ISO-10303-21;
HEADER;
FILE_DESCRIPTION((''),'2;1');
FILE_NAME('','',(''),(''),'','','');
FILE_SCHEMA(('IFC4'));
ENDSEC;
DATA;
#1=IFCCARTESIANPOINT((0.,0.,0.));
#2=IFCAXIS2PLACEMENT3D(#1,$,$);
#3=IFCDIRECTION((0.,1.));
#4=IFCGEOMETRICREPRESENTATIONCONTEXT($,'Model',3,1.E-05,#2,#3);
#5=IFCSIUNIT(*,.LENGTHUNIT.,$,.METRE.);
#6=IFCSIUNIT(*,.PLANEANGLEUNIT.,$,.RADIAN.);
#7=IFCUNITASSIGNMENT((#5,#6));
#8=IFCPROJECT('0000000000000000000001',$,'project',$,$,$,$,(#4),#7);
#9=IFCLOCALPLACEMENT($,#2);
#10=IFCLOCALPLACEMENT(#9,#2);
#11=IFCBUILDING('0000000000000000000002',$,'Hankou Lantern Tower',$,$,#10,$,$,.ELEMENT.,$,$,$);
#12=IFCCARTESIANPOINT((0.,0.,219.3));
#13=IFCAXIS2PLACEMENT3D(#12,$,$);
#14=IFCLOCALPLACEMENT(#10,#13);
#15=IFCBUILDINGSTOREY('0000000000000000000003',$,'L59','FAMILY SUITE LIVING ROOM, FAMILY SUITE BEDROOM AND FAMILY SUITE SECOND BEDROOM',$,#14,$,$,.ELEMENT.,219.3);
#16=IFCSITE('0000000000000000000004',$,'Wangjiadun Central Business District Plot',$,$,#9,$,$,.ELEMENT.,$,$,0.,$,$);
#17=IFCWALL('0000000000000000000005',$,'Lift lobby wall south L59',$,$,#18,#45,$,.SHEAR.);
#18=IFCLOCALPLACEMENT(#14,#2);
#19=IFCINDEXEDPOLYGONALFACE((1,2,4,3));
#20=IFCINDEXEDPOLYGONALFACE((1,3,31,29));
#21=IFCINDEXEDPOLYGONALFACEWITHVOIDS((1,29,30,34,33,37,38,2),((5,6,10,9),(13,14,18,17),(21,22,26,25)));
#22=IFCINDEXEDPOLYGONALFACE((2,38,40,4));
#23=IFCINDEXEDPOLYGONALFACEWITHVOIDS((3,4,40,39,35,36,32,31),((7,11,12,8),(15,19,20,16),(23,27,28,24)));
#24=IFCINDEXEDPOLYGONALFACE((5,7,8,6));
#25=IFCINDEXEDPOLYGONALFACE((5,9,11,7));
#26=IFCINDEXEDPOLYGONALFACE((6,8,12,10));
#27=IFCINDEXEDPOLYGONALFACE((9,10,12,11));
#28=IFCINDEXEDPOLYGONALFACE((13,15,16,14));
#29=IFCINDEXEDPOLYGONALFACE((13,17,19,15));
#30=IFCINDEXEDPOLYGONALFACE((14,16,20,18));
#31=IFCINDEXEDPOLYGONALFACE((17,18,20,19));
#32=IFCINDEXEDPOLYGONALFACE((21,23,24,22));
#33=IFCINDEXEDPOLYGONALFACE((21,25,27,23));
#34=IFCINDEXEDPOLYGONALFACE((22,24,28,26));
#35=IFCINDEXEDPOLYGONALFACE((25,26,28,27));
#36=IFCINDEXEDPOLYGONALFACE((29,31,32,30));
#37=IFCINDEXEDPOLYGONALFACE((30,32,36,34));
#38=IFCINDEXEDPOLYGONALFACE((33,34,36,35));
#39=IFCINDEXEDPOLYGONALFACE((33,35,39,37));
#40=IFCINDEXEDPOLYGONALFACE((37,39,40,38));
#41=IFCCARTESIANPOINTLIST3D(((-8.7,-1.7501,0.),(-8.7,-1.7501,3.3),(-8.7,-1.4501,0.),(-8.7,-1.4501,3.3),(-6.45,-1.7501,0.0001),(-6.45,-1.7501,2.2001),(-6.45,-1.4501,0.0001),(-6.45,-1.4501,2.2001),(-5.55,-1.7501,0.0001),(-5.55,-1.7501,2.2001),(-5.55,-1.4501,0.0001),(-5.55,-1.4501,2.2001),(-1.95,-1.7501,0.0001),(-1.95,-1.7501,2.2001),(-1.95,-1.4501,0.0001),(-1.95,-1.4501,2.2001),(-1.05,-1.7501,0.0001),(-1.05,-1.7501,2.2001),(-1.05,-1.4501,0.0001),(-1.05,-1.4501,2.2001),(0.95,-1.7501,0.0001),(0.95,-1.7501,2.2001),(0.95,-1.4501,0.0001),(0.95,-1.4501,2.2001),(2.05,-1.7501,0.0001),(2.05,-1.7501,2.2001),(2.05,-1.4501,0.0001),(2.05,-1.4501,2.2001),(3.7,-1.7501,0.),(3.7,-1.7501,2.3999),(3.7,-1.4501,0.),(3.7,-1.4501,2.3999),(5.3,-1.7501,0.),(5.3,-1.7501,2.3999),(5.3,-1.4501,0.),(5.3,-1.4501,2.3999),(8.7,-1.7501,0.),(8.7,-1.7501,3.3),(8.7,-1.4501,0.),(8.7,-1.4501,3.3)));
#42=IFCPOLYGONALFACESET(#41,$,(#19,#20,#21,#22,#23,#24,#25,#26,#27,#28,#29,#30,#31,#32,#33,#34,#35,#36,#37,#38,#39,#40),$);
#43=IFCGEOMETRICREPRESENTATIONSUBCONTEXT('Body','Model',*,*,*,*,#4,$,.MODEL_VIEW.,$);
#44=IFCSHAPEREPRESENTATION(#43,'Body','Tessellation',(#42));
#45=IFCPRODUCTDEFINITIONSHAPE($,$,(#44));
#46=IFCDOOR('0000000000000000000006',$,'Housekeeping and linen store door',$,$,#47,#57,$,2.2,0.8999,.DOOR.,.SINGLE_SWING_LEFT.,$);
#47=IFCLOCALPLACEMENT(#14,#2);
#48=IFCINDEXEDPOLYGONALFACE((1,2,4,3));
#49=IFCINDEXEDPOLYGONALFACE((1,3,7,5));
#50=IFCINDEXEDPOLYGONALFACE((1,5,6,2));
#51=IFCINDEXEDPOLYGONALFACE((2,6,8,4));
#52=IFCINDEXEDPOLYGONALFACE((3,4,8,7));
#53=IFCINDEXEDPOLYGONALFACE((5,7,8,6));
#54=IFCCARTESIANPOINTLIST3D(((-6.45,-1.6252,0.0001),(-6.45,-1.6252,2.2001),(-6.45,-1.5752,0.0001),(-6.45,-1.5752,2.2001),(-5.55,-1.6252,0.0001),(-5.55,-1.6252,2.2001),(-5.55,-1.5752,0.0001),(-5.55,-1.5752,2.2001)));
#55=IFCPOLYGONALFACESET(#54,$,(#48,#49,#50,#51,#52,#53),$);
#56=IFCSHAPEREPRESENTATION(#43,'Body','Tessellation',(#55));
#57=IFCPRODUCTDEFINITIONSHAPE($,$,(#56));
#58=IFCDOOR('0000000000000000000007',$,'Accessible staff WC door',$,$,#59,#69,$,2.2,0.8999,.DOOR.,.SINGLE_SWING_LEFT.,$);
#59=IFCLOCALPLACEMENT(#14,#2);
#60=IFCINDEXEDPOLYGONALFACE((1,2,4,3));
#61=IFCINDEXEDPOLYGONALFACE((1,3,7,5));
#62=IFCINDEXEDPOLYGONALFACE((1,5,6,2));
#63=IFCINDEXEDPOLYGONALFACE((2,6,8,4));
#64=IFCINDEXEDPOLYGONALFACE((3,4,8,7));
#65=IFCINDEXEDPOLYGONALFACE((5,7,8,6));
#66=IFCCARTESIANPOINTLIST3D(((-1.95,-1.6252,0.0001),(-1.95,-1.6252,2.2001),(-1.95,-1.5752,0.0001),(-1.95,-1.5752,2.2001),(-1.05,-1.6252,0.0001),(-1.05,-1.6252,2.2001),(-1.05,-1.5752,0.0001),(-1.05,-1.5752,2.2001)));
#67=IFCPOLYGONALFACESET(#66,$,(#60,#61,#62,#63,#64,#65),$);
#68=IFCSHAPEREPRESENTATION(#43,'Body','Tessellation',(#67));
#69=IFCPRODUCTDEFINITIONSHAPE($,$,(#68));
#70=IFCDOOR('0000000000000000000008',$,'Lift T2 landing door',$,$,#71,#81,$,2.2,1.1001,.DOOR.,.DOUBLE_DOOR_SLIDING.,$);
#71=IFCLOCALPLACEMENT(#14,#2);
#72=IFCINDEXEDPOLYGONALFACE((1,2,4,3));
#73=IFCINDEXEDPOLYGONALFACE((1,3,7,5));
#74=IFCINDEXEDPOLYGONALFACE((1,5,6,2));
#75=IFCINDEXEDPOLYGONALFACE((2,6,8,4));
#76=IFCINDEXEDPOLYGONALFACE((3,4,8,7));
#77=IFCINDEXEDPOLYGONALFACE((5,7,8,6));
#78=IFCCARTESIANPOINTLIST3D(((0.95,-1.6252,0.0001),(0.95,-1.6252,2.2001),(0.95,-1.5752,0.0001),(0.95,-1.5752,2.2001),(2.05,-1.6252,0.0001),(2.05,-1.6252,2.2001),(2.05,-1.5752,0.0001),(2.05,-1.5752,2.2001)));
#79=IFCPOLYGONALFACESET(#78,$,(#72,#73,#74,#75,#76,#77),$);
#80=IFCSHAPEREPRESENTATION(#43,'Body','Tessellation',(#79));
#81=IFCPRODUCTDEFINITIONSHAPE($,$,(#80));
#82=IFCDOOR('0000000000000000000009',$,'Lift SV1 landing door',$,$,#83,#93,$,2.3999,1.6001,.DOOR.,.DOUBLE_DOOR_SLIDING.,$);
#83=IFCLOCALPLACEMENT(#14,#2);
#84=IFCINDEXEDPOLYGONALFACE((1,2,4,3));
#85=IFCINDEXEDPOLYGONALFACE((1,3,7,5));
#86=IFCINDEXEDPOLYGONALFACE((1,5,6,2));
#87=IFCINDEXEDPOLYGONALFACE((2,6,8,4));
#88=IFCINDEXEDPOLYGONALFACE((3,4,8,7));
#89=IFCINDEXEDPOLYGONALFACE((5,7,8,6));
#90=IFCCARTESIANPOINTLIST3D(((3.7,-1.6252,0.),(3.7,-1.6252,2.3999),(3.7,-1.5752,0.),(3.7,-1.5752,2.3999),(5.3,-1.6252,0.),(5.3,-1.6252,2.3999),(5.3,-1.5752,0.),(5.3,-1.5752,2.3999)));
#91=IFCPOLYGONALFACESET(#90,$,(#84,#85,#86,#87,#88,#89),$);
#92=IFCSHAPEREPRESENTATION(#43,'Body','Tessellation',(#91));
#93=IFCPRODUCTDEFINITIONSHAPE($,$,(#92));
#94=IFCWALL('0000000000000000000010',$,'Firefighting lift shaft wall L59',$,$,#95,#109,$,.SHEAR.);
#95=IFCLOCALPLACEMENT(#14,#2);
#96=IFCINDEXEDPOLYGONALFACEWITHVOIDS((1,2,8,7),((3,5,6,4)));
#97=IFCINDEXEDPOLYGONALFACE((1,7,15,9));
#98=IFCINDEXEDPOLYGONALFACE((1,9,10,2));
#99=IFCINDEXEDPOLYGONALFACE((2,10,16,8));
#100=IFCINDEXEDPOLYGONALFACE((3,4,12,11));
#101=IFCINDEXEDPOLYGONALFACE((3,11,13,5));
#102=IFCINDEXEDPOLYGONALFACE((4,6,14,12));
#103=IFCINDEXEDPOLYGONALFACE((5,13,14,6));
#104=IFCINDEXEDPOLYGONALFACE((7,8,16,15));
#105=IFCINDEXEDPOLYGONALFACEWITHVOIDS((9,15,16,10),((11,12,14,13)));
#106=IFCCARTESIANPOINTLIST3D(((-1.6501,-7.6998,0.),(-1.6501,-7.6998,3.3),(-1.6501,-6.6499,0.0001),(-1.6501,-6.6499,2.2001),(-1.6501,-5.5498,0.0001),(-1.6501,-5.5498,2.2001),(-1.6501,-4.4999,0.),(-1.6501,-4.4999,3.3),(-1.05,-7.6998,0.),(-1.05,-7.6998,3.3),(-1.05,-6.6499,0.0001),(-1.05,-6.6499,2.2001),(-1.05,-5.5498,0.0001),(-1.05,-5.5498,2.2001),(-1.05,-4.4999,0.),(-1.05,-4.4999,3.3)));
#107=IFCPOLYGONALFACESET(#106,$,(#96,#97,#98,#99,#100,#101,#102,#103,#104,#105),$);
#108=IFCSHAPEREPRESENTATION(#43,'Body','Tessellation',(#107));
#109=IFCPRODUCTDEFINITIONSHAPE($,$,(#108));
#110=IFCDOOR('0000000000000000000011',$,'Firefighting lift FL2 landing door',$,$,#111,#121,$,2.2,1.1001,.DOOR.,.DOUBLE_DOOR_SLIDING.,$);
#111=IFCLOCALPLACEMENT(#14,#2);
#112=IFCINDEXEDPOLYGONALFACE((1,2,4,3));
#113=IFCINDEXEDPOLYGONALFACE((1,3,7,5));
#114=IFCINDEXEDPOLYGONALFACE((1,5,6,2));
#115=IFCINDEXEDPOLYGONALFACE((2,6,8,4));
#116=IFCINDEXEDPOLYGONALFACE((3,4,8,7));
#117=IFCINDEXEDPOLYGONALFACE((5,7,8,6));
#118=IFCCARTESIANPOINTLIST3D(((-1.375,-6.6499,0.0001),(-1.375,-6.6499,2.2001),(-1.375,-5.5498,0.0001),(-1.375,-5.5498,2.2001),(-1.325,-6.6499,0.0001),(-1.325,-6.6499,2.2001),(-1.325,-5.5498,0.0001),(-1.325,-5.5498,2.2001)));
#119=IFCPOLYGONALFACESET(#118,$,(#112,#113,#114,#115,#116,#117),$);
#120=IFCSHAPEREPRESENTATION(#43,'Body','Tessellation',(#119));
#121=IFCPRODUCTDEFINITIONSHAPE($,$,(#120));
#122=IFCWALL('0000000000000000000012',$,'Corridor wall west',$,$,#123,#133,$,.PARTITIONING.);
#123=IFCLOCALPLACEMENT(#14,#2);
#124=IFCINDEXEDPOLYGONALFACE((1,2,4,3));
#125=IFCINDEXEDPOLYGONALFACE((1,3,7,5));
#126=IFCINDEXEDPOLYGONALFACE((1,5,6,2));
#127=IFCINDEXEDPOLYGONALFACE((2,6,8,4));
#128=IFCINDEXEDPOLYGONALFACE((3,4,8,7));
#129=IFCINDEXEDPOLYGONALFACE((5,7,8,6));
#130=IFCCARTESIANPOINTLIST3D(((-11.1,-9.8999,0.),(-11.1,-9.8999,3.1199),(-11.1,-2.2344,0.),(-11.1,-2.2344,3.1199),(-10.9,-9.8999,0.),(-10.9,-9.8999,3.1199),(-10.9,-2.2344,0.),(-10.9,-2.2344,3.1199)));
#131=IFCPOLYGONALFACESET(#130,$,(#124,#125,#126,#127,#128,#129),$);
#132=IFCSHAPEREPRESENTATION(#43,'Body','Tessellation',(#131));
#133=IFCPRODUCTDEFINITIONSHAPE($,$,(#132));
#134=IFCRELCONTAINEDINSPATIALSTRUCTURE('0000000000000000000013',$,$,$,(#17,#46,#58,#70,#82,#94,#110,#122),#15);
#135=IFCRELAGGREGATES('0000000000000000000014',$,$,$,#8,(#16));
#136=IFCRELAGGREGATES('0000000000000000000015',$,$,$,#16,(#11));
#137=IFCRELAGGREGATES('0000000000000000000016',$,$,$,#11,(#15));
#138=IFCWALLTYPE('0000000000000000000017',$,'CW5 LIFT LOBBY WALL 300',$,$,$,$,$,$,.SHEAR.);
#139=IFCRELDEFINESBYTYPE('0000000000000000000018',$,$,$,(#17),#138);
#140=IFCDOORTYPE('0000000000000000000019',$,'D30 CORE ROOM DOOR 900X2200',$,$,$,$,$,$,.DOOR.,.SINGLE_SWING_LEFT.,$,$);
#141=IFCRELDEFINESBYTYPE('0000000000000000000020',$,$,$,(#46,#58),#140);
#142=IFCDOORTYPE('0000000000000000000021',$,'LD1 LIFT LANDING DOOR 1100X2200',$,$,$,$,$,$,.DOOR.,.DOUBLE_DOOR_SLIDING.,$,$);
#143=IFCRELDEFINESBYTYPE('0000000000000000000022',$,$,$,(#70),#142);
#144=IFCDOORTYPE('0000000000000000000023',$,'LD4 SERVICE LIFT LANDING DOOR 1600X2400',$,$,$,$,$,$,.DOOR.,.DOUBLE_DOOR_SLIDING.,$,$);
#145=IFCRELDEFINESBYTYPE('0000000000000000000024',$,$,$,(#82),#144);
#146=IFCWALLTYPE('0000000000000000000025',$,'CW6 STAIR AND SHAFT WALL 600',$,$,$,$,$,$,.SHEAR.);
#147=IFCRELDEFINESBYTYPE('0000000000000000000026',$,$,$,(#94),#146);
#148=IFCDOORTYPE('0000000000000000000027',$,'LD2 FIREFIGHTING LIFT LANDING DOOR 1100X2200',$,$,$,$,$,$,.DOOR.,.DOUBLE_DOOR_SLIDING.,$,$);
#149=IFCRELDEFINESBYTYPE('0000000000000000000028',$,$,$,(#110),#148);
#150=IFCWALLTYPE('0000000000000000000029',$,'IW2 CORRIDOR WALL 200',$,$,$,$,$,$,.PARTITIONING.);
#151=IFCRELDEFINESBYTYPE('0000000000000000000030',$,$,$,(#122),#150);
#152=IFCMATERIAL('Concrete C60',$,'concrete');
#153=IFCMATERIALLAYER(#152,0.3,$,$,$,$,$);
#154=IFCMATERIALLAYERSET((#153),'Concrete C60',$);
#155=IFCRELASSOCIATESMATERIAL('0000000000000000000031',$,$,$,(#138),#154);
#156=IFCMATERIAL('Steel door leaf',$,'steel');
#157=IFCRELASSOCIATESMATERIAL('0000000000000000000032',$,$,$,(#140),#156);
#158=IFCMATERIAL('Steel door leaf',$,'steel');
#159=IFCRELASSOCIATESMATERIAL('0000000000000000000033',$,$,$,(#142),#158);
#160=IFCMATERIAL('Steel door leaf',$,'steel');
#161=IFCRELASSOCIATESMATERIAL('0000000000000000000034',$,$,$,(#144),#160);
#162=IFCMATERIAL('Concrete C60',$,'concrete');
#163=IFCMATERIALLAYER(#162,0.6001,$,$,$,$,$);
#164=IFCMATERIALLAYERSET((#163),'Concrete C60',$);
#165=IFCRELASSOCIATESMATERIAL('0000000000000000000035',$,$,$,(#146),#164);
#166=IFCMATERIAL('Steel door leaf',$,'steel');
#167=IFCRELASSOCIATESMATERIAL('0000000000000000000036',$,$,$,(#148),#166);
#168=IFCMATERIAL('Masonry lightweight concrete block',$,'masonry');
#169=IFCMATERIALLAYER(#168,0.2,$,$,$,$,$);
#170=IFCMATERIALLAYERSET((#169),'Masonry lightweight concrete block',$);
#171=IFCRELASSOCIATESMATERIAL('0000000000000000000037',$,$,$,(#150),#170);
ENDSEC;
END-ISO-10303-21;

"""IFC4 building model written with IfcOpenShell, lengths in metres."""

from ifc_helpers import new_model, si_unit, direction, frame, frame_2d, origin, place, context, subcontext, project, spatial, rectangle, extrude, material, layer, layer_set, type_object, element, fill, save


model = new_model("IFC4")

# Units and contexts
model_context = context("Model", 3, precision=1e-05, world=origin(), true_north=direction((0.0, 1.0)))
body_context = subcontext(model_context, "Body", "Model", "MODEL_VIEW")
ifc_project = project(units=[si_unit("LENGTHUNIT", "METRE"), si_unit("PLANEANGLEUNIT", "RADIAN")], contexts=[model_context])

# Site, building, storey
site_placement = place(None, origin())
site = spatial("IfcSite", under=ifc_project, at=site_placement, Name="Wangjiadun Central Business District Plot", CompositionType="ELEMENT", RefElevation=0.0)
building_placement = place(site_placement, origin())
building = spatial("IfcBuilding", under=site, at=building_placement, Name="Hankou Lantern Tower", CompositionType="ELEMENT")
storey_placement = place(building_placement, frame((0.0, 0.0, 219.3)))
storey = spatial("IfcBuildingStorey", under=building, at=storey_placement, Name="L59", Description="FAMILY SUITE LIVING ROOM, FAMILY SUITE BEDROOM AND FAMILY SUITE SECOND BEDROOM", CompositionType="ELEMENT", Elevation=219.3)

# Wall, openings, doors
ifc_material_1 = material(Name="Concrete C60", Category="concrete")
ifc_layer_1 = layer(ifc_material_1, 0.3)
ifc_layer_set_1 = layer_set([ifc_layer_1], Name="Concrete C60")
wall_type_1 = type_object("IfcWallType", Name="CW5 LIFT LOBBY WALL 300", PredefinedType="SHEAR", material=ifc_layer_set_1)
wall_1_placement = place(storey_placement, frame((-8.7, -1.6001, 0.0), z_axis=(0.0, 0.0, 1.0), x_axis=(1.0, 0.0, 0.0)))
wall_1 = element("IfcWall", 1, at=wall_1_placement, inside=storey, type_object=wall_type_1, Name="Lift lobby wall south L59", PredefinedType="SHEAR", context=body_context, shape_type="SweptSolid", body=[
    extrude(rectangle(XDim=17.3999, YDim=0.3, at=frame_2d((8.7, 0.0))), origin(), (0.0, 0.0, 1.0), 3.3),
])
opening_1_placement = place(wall_1_placement, frame((9.6499, 0.0, 0.0)))
opening_1 = element("IfcOpeningElement", 2, at=opening_1_placement, cuts=wall_1, PredefinedType="OPENING", context=body_context, shape_type="SweptSolid", body=[
    extrude(rectangle(XDim=1.1001, YDim=2.2, at=frame_2d((0.55, 1.1001))), frame((0.0, 0.1599, 0.0), z_axis=(0.0, -1.0, 0.0), x_axis=(1.0, 0.0, 0.0)), (0.0, 0.0, 1.0), 0.3201),
])
opening_2_placement = place(wall_1_placement, frame((12.3999, 0.0, 0.0)))
opening_2 = element("IfcOpeningElement", 3, at=opening_2_placement, cuts=wall_1, PredefinedType="OPENING", context=body_context, shape_type="SweptSolid", body=[
    extrude(rectangle(XDim=1.6001, YDim=2.3999, at=frame_2d((0.8, 1.2))), frame((0.0, 0.1599, 0.0), z_axis=(0.0, -1.0, 0.0), x_axis=(1.0, 0.0, 0.0)), (0.0, 0.0, 1.0), 0.3201),
])
opening_3_placement = place(wall_1_placement, frame((2.25, 0.0, 0.0)))
opening_3 = element("IfcOpeningElement", 4, at=opening_3_placement, cuts=wall_1, PredefinedType="OPENING", context=body_context, shape_type="SweptSolid", body=[
    extrude(rectangle(XDim=0.8999, YDim=2.2, at=frame_2d((0.45, 1.1001))), frame((0.0, 0.1599, 0.0), z_axis=(0.0, -1.0, 0.0), x_axis=(1.0, 0.0, 0.0)), (0.0, 0.0, 1.0), 0.3201),
])
opening_4_placement = place(wall_1_placement, frame((6.75, 0.0, 0.0)))
opening_4 = element("IfcOpeningElement", 5, at=opening_4_placement, cuts=wall_1, PredefinedType="OPENING", context=body_context, shape_type="SweptSolid", body=[
    extrude(rectangle(XDim=0.8999, YDim=2.2, at=frame_2d((0.45, 1.1001))), frame((0.0, 0.1599, 0.0), z_axis=(0.0, -1.0, 0.0), x_axis=(1.0, 0.0, 0.0)), (0.0, 0.0, 1.0), 0.3201),
])
ifc_material_2 = material(Name="Steel door leaf", Category="steel")
door_type_1 = type_object("IfcDoorType", Name="D30 CORE ROOM DOOR 900X2200", OperationType="SINGLE_SWING_LEFT", PredefinedType="DOOR", material=ifc_material_2)
door_1_placement = place(opening_3_placement, origin())
door_1 = element("IfcDoor", 6, at=door_1_placement, inside=storey, type_object=door_type_1, Name="Housekeeping and linen store door", OperationType="SINGLE_SWING_LEFT", OverallHeight=2.2, OverallWidth=0.8999, PredefinedType="DOOR", context=body_context, shape_type="SweptSolid", body=[
    extrude(rectangle(XDim=0.8999, YDim=2.2, at=frame_2d((0.45, 1.1001))), frame((0.0, 0.0249, 0.0), z_axis=(0.0, -1.0, 0.0), x_axis=(1.0, 0.0, 0.0)), (0.0, 0.0, 1.0), 0.05),
])
fill(opening_3, door_1)
door_2_placement = place(opening_4_placement, origin())
door_2 = element("IfcDoor", 7, at=door_2_placement, inside=storey, type_object=door_type_1, Name="Accessible staff WC door", OperationType="SINGLE_SWING_LEFT", OverallHeight=2.2, OverallWidth=0.8999, PredefinedType="DOOR", context=body_context, shape_type="SweptSolid", body=[
    extrude(rectangle(XDim=0.8999, YDim=2.2, at=frame_2d((0.45, 1.1001))), frame((0.0, 0.0249, 0.0), z_axis=(0.0, -1.0, 0.0), x_axis=(1.0, 0.0, 0.0)), (0.0, 0.0, 1.0), 0.05),
])
fill(opening_4, door_2)
ifc_material_3 = material(Name="Steel door leaf", Category="steel")
door_type_2 = type_object("IfcDoorType", Name="LD1 LIFT LANDING DOOR 1100X2200", OperationType="DOUBLE_DOOR_SLIDING", PredefinedType="DOOR", material=ifc_material_3)
door_3_placement = place(opening_1_placement, origin())
door_3 = element("IfcDoor", 8, at=door_3_placement, inside=storey, type_object=door_type_2, Name="Lift T2 landing door", OperationType="DOUBLE_DOOR_SLIDING", OverallHeight=2.2, OverallWidth=1.1001, PredefinedType="DOOR", context=body_context, shape_type="SweptSolid", body=[
    extrude(rectangle(XDim=1.1001, YDim=2.2, at=frame_2d((0.55, 1.1001))), frame((0.0, 0.0249, 0.0), z_axis=(0.0, -1.0, 0.0), x_axis=(1.0, 0.0, 0.0)), (0.0, 0.0, 1.0), 0.05),
])
fill(opening_1, door_3)
ifc_material_4 = material(Name="Steel door leaf", Category="steel")
door_type_3 = type_object("IfcDoorType", Name="LD4 SERVICE LIFT LANDING DOOR 1600X2400", OperationType="DOUBLE_DOOR_SLIDING", PredefinedType="DOOR", material=ifc_material_4)
door_4_placement = place(opening_2_placement, origin())
door_4 = element("IfcDoor", 9, at=door_4_placement, inside=storey, type_object=door_type_3, Name="Lift SV1 landing door", OperationType="DOUBLE_DOOR_SLIDING", OverallHeight=2.3999, OverallWidth=1.6001, PredefinedType="DOOR", context=body_context, shape_type="SweptSolid", body=[
    extrude(rectangle(XDim=1.6001, YDim=2.3999, at=frame_2d((0.8, 1.2))), frame((0.0, 0.0249, 0.0), z_axis=(0.0, -1.0, 0.0), x_axis=(1.0, 0.0, 0.0)), (0.0, 0.0, 1.0), 0.05),
])
fill(opening_2, door_4)

# Wall, opening, door
ifc_material_5 = material(Name="Concrete C60", Category="concrete")
ifc_layer_2 = layer(ifc_material_5, 0.6001)
ifc_layer_set_2 = layer_set([ifc_layer_2], Name="Concrete C60")
wall_type_2 = type_object("IfcWallType", Name="CW6 STAIR AND SHAFT WALL 600", PredefinedType="SHEAR", material=ifc_layer_set_2)
wall_2_placement = place(storey_placement, frame((-1.3501, -7.7, 0.0), z_axis=(0.0, 0.0, 1.0), x_axis=(0.0, 1.0, 0.0)))
wall_2 = element("IfcWall", 10, at=wall_2_placement, inside=storey, type_object=wall_type_2, Name="Firefighting lift shaft wall L59", PredefinedType="SHEAR", context=body_context, shape_type="SweptSolid", body=[
    extrude(rectangle(XDim=3.2, YDim=0.6001, at=frame_2d((1.6001, 0.0))), origin(), (0.0, 0.0, 1.0), 3.3),
])
opening_5_placement = place(wall_2_placement, frame((1.05, 0.0, 0.0)))
opening_5 = element("IfcOpeningElement", 11, at=opening_5_placement, cuts=wall_2, PredefinedType="OPENING", context=body_context, shape_type="SweptSolid", body=[
    extrude(rectangle(XDim=1.1001, YDim=2.2, at=frame_2d((0.55, 1.1001))), frame((0.0, 0.3101, 0.0), z_axis=(0.0, -1.0, 0.0), x_axis=(1.0, 0.0, 0.0)), (0.0, 0.0, 1.0), 0.6201),
])
ifc_material_6 = material(Name="Steel door leaf", Category="steel")
door_type_4 = type_object("IfcDoorType", Name="LD2 FIREFIGHTING LIFT LANDING DOOR 1100X2200", OperationType="DOUBLE_DOOR_SLIDING", PredefinedType="DOOR", material=ifc_material_6)
door_5_placement = place(opening_5_placement, origin())
door_5 = element("IfcDoor", 12, at=door_5_placement, inside=storey, type_object=door_type_4, Name="Firefighting lift FL2 landing door", OperationType="DOUBLE_DOOR_SLIDING", OverallHeight=2.2, OverallWidth=1.1001, PredefinedType="DOOR", context=body_context, shape_type="SweptSolid", body=[
    extrude(rectangle(XDim=1.1001, YDim=2.2, at=frame_2d((0.55, 1.1001))), frame((0.0, 0.0249, 0.0), z_axis=(0.0, -1.0, 0.0), x_axis=(1.0, 0.0, 0.0)), (0.0, 0.0, 1.0), 0.05),
])
fill(opening_5, door_5)

# Wall
ifc_material_7 = material(Name="Masonry lightweight concrete block", Category="masonry")
ifc_layer_3 = layer(ifc_material_7, 0.2)
ifc_layer_set_3 = layer_set([ifc_layer_3], Name="Masonry lightweight concrete block")
wall_type_3 = type_object("IfcWallType", Name="IW2 CORRIDOR WALL 200", PredefinedType="PARTITIONING", material=ifc_layer_set_3)
wall_3_placement = place(storey_placement, frame((-11.0, -2.2344, 0.0), z_axis=(0.0, 0.0, 1.0), x_axis=(0.0, -1.0, 0.0)))
element("IfcWall", 13, at=wall_3_placement, inside=storey, type_object=wall_type_3, Name="Corridor wall west", PredefinedType="PARTITIONING", context=body_context, shape_type="SweptSolid", body=[
    extrude(rectangle(XDim=7.6655, YDim=0.2, at=frame_2d((3.8328, 0.0))), origin(), (0.0, 0.0, 1.0), 3.1199),
])

save(model, "model.ifc")
